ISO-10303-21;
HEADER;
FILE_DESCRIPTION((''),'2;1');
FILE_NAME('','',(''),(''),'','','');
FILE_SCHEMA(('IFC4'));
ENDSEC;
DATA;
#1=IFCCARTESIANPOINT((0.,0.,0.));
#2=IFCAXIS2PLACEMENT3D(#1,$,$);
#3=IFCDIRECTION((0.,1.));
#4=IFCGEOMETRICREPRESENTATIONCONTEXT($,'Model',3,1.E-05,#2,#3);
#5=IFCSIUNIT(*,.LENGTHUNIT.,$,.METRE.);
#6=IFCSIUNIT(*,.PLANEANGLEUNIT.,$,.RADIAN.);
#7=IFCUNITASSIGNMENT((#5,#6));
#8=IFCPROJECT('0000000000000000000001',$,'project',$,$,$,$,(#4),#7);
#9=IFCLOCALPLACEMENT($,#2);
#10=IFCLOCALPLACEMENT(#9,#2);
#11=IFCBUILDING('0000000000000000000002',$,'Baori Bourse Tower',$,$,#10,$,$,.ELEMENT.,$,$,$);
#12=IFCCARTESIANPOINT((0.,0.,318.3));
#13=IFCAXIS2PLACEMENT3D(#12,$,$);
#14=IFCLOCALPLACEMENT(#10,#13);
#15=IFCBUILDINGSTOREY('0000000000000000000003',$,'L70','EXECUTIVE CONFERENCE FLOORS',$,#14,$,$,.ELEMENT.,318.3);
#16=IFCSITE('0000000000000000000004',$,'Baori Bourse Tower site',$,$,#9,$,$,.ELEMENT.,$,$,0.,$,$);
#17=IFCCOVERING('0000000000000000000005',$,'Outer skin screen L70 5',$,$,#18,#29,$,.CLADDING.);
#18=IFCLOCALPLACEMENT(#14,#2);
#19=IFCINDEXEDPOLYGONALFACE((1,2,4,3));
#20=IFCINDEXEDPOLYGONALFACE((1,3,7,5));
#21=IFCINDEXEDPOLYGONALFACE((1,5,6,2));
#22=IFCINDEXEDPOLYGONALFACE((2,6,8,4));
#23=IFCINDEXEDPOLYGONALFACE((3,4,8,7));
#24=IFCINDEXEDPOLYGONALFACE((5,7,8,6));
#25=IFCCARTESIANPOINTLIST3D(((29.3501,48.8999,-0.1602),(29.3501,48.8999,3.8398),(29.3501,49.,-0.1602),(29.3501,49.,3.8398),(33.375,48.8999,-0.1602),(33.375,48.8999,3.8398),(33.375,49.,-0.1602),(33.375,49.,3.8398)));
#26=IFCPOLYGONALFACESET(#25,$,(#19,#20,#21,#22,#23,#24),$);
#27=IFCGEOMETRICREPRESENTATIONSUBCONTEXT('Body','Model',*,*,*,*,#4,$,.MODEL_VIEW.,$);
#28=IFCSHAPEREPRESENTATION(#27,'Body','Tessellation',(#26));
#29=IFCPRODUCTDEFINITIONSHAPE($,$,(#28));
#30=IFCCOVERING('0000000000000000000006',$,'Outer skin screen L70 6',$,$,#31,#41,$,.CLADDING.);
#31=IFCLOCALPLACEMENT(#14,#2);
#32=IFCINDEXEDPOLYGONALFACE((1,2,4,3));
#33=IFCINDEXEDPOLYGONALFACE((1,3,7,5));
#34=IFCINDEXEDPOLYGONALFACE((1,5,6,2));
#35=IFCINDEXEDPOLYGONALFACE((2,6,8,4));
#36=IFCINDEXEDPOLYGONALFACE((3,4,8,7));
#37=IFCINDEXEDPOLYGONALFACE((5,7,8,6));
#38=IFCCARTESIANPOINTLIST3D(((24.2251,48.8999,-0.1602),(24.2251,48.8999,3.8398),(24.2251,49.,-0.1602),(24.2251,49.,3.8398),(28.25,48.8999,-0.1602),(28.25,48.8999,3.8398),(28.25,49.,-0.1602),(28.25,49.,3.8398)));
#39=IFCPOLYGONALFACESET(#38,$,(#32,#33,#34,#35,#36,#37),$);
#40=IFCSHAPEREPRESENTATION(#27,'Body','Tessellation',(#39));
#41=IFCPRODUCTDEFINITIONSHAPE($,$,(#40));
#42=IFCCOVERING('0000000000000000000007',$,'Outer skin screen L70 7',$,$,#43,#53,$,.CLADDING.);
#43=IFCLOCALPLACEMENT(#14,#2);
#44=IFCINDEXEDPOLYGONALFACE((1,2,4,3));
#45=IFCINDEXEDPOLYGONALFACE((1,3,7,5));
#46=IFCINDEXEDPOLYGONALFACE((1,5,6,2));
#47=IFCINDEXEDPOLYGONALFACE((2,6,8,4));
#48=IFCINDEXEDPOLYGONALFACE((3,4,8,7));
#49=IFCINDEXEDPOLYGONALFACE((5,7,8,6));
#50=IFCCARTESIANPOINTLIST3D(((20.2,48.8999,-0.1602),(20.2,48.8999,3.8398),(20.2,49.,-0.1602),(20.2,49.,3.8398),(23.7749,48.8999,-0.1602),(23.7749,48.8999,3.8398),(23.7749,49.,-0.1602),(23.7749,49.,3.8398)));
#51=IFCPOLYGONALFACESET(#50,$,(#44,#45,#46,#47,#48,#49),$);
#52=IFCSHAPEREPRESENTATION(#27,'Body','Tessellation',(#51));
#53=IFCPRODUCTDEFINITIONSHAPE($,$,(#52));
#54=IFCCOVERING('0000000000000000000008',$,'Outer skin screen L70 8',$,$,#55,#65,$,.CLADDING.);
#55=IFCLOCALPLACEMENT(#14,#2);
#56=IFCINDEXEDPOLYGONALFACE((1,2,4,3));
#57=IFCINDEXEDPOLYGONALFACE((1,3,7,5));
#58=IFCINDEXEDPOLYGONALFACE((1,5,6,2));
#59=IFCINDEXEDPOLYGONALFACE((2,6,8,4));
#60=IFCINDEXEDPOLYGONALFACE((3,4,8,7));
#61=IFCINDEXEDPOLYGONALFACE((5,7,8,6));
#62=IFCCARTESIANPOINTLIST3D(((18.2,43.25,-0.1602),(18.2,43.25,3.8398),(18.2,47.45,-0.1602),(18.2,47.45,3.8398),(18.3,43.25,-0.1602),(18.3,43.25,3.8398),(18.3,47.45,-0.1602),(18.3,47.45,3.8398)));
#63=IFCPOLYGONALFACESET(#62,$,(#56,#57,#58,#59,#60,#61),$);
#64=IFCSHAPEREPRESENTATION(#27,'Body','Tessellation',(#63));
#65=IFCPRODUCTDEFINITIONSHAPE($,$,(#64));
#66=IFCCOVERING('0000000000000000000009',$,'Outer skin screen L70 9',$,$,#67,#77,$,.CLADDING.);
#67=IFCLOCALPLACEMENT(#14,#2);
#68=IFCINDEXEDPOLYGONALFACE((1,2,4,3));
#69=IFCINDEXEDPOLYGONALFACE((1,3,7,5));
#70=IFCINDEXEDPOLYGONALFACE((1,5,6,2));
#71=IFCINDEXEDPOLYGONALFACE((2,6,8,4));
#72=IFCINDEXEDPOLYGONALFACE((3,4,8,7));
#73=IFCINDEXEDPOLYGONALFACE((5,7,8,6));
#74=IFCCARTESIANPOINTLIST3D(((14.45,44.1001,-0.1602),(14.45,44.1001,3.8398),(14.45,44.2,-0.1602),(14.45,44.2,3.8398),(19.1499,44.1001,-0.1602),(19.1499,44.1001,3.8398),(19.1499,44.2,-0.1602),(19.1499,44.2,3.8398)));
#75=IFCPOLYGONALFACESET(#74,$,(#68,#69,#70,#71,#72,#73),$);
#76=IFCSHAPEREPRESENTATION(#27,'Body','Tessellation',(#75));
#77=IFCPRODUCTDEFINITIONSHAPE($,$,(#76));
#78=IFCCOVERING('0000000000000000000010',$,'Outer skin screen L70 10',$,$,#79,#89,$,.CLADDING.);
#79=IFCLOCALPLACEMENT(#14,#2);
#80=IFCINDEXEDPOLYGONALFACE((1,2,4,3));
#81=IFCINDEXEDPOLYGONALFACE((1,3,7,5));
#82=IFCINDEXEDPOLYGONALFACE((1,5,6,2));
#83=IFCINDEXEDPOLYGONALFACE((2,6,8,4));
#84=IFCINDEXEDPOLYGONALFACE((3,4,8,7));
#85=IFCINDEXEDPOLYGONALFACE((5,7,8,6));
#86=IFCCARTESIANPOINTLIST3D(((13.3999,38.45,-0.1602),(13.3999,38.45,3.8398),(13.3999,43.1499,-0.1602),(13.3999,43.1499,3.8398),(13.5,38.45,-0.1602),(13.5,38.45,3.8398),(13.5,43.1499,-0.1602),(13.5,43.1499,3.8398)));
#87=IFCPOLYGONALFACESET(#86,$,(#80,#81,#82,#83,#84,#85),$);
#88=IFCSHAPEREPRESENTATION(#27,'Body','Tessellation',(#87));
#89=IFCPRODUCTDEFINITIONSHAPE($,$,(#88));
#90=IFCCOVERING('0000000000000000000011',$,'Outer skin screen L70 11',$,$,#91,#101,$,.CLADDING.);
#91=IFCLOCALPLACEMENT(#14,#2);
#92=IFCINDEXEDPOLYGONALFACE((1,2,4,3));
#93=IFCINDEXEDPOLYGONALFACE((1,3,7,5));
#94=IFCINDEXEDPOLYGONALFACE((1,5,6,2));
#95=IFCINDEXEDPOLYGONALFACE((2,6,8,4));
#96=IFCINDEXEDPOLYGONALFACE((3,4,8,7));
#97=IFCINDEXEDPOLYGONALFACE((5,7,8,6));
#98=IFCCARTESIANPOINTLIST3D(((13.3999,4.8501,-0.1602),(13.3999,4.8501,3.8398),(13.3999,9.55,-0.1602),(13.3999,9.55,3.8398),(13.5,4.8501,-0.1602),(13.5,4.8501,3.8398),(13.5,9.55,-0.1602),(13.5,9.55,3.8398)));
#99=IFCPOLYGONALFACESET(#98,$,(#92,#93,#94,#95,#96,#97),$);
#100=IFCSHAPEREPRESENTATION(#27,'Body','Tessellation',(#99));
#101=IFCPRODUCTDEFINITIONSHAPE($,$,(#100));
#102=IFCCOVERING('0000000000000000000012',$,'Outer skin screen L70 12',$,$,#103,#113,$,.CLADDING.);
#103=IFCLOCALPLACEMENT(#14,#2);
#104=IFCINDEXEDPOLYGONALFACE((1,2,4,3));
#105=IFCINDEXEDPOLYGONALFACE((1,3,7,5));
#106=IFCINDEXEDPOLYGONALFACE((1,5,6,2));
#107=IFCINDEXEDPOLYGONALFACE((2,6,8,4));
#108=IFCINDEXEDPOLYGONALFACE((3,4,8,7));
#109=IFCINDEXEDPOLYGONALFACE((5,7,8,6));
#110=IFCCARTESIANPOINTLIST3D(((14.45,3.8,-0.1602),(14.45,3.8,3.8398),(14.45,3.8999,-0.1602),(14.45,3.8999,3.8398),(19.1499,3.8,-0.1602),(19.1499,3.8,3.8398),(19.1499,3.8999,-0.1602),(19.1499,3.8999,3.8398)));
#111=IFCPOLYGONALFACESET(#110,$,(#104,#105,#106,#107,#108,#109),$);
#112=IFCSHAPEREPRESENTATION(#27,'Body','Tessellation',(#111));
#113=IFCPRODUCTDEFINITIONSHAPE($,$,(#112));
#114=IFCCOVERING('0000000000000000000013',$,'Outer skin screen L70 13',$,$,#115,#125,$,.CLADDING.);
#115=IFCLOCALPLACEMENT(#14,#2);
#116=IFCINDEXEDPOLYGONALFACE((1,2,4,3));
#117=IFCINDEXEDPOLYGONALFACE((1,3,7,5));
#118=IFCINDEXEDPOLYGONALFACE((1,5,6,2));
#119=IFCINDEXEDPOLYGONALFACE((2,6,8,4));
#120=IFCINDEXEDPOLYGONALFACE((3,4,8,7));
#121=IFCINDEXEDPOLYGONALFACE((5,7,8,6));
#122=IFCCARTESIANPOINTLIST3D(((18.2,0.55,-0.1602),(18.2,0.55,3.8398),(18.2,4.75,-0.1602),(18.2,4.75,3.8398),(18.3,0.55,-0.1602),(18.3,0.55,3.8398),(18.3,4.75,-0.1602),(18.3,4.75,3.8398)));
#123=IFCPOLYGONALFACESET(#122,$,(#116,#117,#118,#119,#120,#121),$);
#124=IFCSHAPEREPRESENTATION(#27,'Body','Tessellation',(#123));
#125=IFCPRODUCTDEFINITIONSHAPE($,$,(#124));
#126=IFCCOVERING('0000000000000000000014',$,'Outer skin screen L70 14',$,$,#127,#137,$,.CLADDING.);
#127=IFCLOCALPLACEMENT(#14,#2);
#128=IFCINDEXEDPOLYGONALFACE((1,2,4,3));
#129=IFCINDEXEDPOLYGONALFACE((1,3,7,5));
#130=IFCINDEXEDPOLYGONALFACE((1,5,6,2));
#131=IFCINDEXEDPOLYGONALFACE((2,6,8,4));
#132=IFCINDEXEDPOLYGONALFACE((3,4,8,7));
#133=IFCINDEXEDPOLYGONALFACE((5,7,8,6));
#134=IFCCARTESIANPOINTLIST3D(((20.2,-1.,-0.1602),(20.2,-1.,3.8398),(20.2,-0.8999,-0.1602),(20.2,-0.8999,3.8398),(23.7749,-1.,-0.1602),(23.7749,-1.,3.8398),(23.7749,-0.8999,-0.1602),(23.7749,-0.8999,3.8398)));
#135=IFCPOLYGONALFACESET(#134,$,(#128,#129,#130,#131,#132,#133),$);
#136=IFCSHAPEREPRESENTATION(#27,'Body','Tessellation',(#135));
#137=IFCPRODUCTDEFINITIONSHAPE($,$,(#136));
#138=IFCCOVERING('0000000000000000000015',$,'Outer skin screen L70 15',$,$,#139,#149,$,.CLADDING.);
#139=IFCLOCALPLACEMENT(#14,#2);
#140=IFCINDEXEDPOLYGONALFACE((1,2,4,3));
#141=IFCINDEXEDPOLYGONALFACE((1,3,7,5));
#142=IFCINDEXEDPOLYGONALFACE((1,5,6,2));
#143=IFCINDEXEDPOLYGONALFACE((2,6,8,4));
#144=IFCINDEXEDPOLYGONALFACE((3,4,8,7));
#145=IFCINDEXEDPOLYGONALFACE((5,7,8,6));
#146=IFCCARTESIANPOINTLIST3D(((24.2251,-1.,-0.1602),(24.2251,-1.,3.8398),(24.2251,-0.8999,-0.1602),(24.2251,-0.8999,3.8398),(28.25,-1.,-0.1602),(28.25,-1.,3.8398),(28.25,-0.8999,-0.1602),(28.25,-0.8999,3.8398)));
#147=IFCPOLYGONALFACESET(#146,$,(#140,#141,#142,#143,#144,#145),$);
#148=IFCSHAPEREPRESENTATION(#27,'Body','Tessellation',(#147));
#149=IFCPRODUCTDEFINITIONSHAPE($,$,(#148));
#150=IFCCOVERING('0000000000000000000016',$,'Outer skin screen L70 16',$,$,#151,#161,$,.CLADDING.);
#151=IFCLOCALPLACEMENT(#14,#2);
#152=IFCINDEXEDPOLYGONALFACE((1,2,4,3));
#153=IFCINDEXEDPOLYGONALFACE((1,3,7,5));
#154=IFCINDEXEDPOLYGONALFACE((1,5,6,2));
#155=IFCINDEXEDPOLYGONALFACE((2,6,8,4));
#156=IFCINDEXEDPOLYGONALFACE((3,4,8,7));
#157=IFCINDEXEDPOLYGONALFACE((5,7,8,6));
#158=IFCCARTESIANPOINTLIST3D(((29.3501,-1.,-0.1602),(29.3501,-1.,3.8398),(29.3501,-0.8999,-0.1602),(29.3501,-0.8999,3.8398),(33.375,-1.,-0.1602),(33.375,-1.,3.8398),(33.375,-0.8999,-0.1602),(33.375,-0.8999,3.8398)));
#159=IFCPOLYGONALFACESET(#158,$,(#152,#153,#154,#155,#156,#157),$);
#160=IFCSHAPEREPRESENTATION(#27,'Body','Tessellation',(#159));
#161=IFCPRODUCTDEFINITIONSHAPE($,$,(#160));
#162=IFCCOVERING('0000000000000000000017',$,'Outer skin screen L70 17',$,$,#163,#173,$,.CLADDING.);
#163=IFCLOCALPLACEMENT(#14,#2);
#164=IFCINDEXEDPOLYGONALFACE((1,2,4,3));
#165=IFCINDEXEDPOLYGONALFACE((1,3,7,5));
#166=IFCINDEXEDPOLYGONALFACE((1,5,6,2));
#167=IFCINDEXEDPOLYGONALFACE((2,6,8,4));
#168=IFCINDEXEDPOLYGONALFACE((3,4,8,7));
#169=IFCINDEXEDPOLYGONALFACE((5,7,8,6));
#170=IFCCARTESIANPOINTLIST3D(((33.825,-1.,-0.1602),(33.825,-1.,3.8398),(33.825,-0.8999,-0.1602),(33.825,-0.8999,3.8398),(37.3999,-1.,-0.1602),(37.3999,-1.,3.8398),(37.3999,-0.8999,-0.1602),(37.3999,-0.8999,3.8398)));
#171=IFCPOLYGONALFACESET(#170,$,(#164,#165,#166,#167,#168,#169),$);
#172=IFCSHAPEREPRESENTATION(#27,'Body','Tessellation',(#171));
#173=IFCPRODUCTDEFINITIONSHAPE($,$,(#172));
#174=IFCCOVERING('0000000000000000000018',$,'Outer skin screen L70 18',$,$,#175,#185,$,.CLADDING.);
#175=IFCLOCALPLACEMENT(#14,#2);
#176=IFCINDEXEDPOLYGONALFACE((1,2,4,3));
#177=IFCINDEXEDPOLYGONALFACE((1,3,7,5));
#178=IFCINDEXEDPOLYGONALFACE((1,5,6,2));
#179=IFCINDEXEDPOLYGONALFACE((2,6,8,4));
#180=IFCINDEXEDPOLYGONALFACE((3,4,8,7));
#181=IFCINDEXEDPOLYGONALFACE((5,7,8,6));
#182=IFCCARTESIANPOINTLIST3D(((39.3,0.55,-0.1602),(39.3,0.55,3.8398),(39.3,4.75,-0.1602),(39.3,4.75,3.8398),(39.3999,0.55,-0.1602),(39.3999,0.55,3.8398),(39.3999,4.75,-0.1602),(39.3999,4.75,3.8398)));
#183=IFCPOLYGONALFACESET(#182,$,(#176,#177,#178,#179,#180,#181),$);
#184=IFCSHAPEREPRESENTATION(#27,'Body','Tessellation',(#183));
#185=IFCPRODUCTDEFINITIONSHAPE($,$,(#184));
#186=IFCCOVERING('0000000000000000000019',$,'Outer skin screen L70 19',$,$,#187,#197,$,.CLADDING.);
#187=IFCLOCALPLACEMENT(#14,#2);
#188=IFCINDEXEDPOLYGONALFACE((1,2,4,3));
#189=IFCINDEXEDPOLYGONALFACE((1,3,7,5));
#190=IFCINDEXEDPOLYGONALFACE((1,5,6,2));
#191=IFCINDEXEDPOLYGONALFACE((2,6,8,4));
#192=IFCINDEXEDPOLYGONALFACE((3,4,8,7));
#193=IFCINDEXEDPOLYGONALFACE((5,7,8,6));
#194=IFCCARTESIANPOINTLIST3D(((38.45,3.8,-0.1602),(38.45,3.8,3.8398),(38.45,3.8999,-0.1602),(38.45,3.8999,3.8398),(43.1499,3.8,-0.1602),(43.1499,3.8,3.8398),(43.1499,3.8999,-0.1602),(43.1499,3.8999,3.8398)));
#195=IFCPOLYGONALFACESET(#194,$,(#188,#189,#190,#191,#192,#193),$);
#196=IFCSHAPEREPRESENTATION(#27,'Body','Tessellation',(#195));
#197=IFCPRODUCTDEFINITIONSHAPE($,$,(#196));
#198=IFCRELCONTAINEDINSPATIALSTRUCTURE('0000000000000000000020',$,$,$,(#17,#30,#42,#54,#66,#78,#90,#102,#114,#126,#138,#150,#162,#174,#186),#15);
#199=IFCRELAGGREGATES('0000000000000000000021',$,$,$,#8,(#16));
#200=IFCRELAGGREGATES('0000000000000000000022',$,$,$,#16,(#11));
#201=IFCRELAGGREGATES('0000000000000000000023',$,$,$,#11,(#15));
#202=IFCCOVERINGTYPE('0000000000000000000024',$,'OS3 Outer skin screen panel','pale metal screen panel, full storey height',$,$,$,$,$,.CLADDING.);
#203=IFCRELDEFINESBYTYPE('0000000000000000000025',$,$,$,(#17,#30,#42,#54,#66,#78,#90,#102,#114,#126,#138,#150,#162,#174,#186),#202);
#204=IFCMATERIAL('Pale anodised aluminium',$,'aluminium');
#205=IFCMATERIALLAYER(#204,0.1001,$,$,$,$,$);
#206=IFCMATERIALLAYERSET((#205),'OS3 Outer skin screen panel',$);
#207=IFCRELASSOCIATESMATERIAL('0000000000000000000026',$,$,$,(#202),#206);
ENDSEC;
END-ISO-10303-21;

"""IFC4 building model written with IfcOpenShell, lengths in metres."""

from ifc_helpers import new_model, si_unit, direction, frame, origin, place, context, subcontext, project, spatial, polyline, outline, extrude, material, layer, layer_set, type_object, element, save


model = new_model("IFC4")

# Units and contexts
model_context = context("Model", 3, precision=1e-05, world=origin(), true_north=direction((0.0, 1.0)))
body_context = subcontext(model_context, "Body", "Model", "MODEL_VIEW")
ifc_project = project(units=[si_unit("LENGTHUNIT", "METRE"), si_unit("PLANEANGLEUNIT", "RADIAN")], contexts=[model_context])

# Site, building, storey
site_placement = place(None, origin())
site = spatial("IfcSite", under=ifc_project, at=site_placement, Name="Baori Bourse Tower site", CompositionType="ELEMENT", RefElevation=0.0)
building_placement = place(site_placement, origin())
building = spatial("IfcBuilding", under=site, at=building_placement, Name="Baori Bourse Tower", CompositionType="ELEMENT")
storey_placement = place(building_placement, frame((0.0, 0.0, 318.3)))
storey = spatial("IfcBuildingStorey", under=building, at=storey_placement, Name="L70", Description="EXECUTIVE CONFERENCE FLOORS", CompositionType="ELEMENT", Elevation=318.3)

# Coverings
ifc_material_1 = material(Name="Pale anodised aluminium", Category="aluminium")
ifc_layer_1 = layer(ifc_material_1, 0.1001)
ifc_layer_set_1 = layer_set([ifc_layer_1], Name="OS3 Outer skin screen panel")
covering_type = type_object("IfcCoveringType", Name="OS3 Outer skin screen panel", Description="pale metal screen panel, full storey height", PredefinedType="CLADDING", material=ifc_layer_set_1)
covering_1_placement = place(storey_placement, frame((0.0, 0.0, -0.1602)))
element("IfcCovering", 1, at=covering_1_placement, inside=storey, type_object=covering_type, Name="Outer skin screen L70 5", PredefinedType="CLADDING", context=body_context, shape_type="SweptSolid", body=[
    extrude(outline(polyline([(29.3501, 48.8999), (33.375, 48.8999), (33.375, 49.0), (29.3501, 49.0), (29.3501, 48.8999)])), origin(), (0.0, 0.0, 1.0), 4.0),
])
covering_2_placement = place(storey_placement, frame((0.0, 0.0, -0.1602)))
element("IfcCovering", 2, at=covering_2_placement, inside=storey, type_object=covering_type, Name="Outer skin screen L70 6", PredefinedType="CLADDING", context=body_context, shape_type="SweptSolid", body=[
    extrude(outline(polyline([(24.2251, 48.8999), (28.25, 48.8999), (28.25, 49.0), (24.2251, 49.0), (24.2251, 48.8999)])), origin(), (0.0, 0.0, 1.0), 4.0),
])
covering_3_placement = place(storey_placement, frame((0.0, 0.0, -0.1602)))
element("IfcCovering", 3, at=covering_3_placement, inside=storey, type_object=covering_type, Name="Outer skin screen L70 7", PredefinedType="CLADDING", context=body_context, shape_type="SweptSolid", body=[
    extrude(outline(polyline([(20.2, 48.8999), (23.7749, 48.8999), (23.7749, 49.0), (20.2, 49.0), (20.2, 48.8999)])), origin(), (0.0, 0.0, 1.0), 4.0),
])
covering_4_placement = place(storey_placement, frame((0.0, 0.0, -0.1602)))
element("IfcCovering", 4, at=covering_4_placement, inside=storey, type_object=covering_type, Name="Outer skin screen L70 8", PredefinedType="CLADDING", context=body_context, shape_type="SweptSolid", body=[
    extrude(outline(polyline([(18.3, 43.25), (18.3, 47.45), (18.2, 47.45), (18.2, 43.25), (18.3, 43.25)])), origin(), (0.0, 0.0, 1.0), 4.0),
])
covering_5_placement = place(storey_placement, frame((0.0, 0.0, -0.1602)))
element("IfcCovering", 5, at=covering_5_placement, inside=storey, type_object=covering_type, Name="Outer skin screen L70 9", PredefinedType="CLADDING", context=body_context, shape_type="SweptSolid", body=[
    extrude(outline(polyline([(14.45, 44.1001), (19.1499, 44.1001), (19.1499, 44.2), (14.45, 44.2), (14.45, 44.1001)])), origin(), (0.0, 0.0, 1.0), 4.0),
])
covering_6_placement = place(storey_placement, frame((0.0, 0.0, -0.1602)))
element("IfcCovering", 6, at=covering_6_placement, inside=storey, type_object=covering_type, Name="Outer skin screen L70 10", PredefinedType="CLADDING", context=body_context, shape_type="SweptSolid", body=[
    extrude(outline(polyline([(13.5, 38.45), (13.5, 43.1499), (13.3999, 43.1499), (13.3999, 38.45), (13.5, 38.45)])), origin(), (0.0, 0.0, 1.0), 4.0),
])
covering_7_placement = place(storey_placement, frame((0.0, 0.0, -0.1602)))
element("IfcCovering", 7, at=covering_7_placement, inside=storey, type_object=covering_type, Name="Outer skin screen L70 11", PredefinedType="CLADDING", context=body_context, shape_type="SweptSolid", body=[
    extrude(outline(polyline([(13.5, 4.8501), (13.5, 9.55), (13.3999, 9.55), (13.3999, 4.8501), (13.5, 4.8501)])), origin(), (0.0, 0.0, 1.0), 4.0),
])
covering_8_placement = place(storey_placement, frame((0.0, 0.0, -0.1602)))
element("IfcCovering", 8, at=covering_8_placement, inside=storey, type_object=covering_type, Name="Outer skin screen L70 12", PredefinedType="CLADDING", context=body_context, shape_type="SweptSolid", body=[
    extrude(outline(polyline([(19.1499, 3.8999), (14.45, 3.8999), (14.45, 3.8), (19.1499, 3.8), (19.1499, 3.8999)])), origin(), (0.0, 0.0, 1.0), 4.0),
])
covering_9_placement = place(storey_placement, frame((0.0, 0.0, -0.1602)))
element("IfcCovering", 9, at=covering_9_placement, inside=storey, type_object=covering_type, Name="Outer skin screen L70 13", PredefinedType="CLADDING", context=body_context, shape_type="SweptSolid", body=[
    extrude(outline(polyline([(18.3, 0.55), (18.3, 4.75), (18.2, 4.75), (18.2, 0.55), (18.3, 0.55)])), origin(), (0.0, 0.0, 1.0), 4.0),
])
covering_10_placement = place(storey_placement, frame((0.0, 0.0, -0.1602)))
element("IfcCovering", 10, at=covering_10_placement, inside=storey, type_object=covering_type, Name="Outer skin screen L70 14", PredefinedType="CLADDING", context=body_context, shape_type="SweptSolid", body=[
    extrude(outline(polyline([(23.7749, -0.8999), (20.2, -0.8999), (20.2, -1.0), (23.7749, -1.0), (23.7749, -0.8999)])), origin(), (0.0, 0.0, 1.0), 4.0),
])
covering_11_placement = place(storey_placement, frame((0.0, 0.0, -0.1602)))
element("IfcCovering", 11, at=covering_11_placement, inside=storey, type_object=covering_type, Name="Outer skin screen L70 15", PredefinedType="CLADDING", context=body_context, shape_type="SweptSolid", body=[
    extrude(outline(polyline([(28.25, -0.8999), (24.2251, -0.8999), (24.2251, -1.0), (28.25, -1.0), (28.25, -0.8999)])), origin(), (0.0, 0.0, 1.0), 4.0),
])
covering_12_placement = place(storey_placement, frame((0.0, 0.0, -0.1602)))
element("IfcCovering", 12, at=covering_12_placement, inside=storey, type_object=covering_type, Name="Outer skin screen L70 16", PredefinedType="CLADDING", context=body_context, shape_type="SweptSolid", body=[
    extrude(outline(polyline([(33.375, -0.8999), (29.3501, -0.8999), (29.3501, -1.0), (33.375, -1.0), (33.375, -0.8999)])), origin(), (0.0, 0.0, 1.0), 4.0),
])
covering_13_placement = place(storey_placement, frame((0.0, 0.0, -0.1602)))
element("IfcCovering", 13, at=covering_13_placement, inside=storey, type_object=covering_type, Name="Outer skin screen L70 17", PredefinedType="CLADDING", context=body_context, shape_type="SweptSolid", body=[
    extrude(outline(polyline([(37.3999, -0.8999), (33.825, -0.8999), (33.825, -1.0), (37.3999, -1.0), (37.3999, -0.8999)])), origin(), (0.0, 0.0, 1.0), 4.0),
])
covering_14_placement = place(storey_placement, frame((0.0, 0.0, -0.1602)))
element("IfcCovering", 14, at=covering_14_placement, inside=storey, type_object=covering_type, Name="Outer skin screen L70 18", PredefinedType="CLADDING", context=body_context, shape_type="SweptSolid", body=[
    extrude(outline(polyline([(39.3, 4.75), (39.3, 0.55), (39.3999, 0.55), (39.3999, 4.75), (39.3, 4.75)])), origin(), (0.0, 0.0, 1.0), 4.0),
])
covering_15_placement = place(storey_placement, frame((0.0, 0.0, -0.1602)))
element("IfcCovering", 15, at=covering_15_placement, inside=storey, type_object=covering_type, Name="Outer skin screen L70 19", PredefinedType="CLADDING", context=body_context, shape_type="SweptSolid", body=[
    extrude(outline(polyline([(43.1499, 3.8999), (38.45, 3.8999), (38.45, 3.8), (43.1499, 3.8), (43.1499, 3.8999)])), origin(), (0.0, 0.0, 1.0), 4.0),
])

save(model, "model.ifc")
